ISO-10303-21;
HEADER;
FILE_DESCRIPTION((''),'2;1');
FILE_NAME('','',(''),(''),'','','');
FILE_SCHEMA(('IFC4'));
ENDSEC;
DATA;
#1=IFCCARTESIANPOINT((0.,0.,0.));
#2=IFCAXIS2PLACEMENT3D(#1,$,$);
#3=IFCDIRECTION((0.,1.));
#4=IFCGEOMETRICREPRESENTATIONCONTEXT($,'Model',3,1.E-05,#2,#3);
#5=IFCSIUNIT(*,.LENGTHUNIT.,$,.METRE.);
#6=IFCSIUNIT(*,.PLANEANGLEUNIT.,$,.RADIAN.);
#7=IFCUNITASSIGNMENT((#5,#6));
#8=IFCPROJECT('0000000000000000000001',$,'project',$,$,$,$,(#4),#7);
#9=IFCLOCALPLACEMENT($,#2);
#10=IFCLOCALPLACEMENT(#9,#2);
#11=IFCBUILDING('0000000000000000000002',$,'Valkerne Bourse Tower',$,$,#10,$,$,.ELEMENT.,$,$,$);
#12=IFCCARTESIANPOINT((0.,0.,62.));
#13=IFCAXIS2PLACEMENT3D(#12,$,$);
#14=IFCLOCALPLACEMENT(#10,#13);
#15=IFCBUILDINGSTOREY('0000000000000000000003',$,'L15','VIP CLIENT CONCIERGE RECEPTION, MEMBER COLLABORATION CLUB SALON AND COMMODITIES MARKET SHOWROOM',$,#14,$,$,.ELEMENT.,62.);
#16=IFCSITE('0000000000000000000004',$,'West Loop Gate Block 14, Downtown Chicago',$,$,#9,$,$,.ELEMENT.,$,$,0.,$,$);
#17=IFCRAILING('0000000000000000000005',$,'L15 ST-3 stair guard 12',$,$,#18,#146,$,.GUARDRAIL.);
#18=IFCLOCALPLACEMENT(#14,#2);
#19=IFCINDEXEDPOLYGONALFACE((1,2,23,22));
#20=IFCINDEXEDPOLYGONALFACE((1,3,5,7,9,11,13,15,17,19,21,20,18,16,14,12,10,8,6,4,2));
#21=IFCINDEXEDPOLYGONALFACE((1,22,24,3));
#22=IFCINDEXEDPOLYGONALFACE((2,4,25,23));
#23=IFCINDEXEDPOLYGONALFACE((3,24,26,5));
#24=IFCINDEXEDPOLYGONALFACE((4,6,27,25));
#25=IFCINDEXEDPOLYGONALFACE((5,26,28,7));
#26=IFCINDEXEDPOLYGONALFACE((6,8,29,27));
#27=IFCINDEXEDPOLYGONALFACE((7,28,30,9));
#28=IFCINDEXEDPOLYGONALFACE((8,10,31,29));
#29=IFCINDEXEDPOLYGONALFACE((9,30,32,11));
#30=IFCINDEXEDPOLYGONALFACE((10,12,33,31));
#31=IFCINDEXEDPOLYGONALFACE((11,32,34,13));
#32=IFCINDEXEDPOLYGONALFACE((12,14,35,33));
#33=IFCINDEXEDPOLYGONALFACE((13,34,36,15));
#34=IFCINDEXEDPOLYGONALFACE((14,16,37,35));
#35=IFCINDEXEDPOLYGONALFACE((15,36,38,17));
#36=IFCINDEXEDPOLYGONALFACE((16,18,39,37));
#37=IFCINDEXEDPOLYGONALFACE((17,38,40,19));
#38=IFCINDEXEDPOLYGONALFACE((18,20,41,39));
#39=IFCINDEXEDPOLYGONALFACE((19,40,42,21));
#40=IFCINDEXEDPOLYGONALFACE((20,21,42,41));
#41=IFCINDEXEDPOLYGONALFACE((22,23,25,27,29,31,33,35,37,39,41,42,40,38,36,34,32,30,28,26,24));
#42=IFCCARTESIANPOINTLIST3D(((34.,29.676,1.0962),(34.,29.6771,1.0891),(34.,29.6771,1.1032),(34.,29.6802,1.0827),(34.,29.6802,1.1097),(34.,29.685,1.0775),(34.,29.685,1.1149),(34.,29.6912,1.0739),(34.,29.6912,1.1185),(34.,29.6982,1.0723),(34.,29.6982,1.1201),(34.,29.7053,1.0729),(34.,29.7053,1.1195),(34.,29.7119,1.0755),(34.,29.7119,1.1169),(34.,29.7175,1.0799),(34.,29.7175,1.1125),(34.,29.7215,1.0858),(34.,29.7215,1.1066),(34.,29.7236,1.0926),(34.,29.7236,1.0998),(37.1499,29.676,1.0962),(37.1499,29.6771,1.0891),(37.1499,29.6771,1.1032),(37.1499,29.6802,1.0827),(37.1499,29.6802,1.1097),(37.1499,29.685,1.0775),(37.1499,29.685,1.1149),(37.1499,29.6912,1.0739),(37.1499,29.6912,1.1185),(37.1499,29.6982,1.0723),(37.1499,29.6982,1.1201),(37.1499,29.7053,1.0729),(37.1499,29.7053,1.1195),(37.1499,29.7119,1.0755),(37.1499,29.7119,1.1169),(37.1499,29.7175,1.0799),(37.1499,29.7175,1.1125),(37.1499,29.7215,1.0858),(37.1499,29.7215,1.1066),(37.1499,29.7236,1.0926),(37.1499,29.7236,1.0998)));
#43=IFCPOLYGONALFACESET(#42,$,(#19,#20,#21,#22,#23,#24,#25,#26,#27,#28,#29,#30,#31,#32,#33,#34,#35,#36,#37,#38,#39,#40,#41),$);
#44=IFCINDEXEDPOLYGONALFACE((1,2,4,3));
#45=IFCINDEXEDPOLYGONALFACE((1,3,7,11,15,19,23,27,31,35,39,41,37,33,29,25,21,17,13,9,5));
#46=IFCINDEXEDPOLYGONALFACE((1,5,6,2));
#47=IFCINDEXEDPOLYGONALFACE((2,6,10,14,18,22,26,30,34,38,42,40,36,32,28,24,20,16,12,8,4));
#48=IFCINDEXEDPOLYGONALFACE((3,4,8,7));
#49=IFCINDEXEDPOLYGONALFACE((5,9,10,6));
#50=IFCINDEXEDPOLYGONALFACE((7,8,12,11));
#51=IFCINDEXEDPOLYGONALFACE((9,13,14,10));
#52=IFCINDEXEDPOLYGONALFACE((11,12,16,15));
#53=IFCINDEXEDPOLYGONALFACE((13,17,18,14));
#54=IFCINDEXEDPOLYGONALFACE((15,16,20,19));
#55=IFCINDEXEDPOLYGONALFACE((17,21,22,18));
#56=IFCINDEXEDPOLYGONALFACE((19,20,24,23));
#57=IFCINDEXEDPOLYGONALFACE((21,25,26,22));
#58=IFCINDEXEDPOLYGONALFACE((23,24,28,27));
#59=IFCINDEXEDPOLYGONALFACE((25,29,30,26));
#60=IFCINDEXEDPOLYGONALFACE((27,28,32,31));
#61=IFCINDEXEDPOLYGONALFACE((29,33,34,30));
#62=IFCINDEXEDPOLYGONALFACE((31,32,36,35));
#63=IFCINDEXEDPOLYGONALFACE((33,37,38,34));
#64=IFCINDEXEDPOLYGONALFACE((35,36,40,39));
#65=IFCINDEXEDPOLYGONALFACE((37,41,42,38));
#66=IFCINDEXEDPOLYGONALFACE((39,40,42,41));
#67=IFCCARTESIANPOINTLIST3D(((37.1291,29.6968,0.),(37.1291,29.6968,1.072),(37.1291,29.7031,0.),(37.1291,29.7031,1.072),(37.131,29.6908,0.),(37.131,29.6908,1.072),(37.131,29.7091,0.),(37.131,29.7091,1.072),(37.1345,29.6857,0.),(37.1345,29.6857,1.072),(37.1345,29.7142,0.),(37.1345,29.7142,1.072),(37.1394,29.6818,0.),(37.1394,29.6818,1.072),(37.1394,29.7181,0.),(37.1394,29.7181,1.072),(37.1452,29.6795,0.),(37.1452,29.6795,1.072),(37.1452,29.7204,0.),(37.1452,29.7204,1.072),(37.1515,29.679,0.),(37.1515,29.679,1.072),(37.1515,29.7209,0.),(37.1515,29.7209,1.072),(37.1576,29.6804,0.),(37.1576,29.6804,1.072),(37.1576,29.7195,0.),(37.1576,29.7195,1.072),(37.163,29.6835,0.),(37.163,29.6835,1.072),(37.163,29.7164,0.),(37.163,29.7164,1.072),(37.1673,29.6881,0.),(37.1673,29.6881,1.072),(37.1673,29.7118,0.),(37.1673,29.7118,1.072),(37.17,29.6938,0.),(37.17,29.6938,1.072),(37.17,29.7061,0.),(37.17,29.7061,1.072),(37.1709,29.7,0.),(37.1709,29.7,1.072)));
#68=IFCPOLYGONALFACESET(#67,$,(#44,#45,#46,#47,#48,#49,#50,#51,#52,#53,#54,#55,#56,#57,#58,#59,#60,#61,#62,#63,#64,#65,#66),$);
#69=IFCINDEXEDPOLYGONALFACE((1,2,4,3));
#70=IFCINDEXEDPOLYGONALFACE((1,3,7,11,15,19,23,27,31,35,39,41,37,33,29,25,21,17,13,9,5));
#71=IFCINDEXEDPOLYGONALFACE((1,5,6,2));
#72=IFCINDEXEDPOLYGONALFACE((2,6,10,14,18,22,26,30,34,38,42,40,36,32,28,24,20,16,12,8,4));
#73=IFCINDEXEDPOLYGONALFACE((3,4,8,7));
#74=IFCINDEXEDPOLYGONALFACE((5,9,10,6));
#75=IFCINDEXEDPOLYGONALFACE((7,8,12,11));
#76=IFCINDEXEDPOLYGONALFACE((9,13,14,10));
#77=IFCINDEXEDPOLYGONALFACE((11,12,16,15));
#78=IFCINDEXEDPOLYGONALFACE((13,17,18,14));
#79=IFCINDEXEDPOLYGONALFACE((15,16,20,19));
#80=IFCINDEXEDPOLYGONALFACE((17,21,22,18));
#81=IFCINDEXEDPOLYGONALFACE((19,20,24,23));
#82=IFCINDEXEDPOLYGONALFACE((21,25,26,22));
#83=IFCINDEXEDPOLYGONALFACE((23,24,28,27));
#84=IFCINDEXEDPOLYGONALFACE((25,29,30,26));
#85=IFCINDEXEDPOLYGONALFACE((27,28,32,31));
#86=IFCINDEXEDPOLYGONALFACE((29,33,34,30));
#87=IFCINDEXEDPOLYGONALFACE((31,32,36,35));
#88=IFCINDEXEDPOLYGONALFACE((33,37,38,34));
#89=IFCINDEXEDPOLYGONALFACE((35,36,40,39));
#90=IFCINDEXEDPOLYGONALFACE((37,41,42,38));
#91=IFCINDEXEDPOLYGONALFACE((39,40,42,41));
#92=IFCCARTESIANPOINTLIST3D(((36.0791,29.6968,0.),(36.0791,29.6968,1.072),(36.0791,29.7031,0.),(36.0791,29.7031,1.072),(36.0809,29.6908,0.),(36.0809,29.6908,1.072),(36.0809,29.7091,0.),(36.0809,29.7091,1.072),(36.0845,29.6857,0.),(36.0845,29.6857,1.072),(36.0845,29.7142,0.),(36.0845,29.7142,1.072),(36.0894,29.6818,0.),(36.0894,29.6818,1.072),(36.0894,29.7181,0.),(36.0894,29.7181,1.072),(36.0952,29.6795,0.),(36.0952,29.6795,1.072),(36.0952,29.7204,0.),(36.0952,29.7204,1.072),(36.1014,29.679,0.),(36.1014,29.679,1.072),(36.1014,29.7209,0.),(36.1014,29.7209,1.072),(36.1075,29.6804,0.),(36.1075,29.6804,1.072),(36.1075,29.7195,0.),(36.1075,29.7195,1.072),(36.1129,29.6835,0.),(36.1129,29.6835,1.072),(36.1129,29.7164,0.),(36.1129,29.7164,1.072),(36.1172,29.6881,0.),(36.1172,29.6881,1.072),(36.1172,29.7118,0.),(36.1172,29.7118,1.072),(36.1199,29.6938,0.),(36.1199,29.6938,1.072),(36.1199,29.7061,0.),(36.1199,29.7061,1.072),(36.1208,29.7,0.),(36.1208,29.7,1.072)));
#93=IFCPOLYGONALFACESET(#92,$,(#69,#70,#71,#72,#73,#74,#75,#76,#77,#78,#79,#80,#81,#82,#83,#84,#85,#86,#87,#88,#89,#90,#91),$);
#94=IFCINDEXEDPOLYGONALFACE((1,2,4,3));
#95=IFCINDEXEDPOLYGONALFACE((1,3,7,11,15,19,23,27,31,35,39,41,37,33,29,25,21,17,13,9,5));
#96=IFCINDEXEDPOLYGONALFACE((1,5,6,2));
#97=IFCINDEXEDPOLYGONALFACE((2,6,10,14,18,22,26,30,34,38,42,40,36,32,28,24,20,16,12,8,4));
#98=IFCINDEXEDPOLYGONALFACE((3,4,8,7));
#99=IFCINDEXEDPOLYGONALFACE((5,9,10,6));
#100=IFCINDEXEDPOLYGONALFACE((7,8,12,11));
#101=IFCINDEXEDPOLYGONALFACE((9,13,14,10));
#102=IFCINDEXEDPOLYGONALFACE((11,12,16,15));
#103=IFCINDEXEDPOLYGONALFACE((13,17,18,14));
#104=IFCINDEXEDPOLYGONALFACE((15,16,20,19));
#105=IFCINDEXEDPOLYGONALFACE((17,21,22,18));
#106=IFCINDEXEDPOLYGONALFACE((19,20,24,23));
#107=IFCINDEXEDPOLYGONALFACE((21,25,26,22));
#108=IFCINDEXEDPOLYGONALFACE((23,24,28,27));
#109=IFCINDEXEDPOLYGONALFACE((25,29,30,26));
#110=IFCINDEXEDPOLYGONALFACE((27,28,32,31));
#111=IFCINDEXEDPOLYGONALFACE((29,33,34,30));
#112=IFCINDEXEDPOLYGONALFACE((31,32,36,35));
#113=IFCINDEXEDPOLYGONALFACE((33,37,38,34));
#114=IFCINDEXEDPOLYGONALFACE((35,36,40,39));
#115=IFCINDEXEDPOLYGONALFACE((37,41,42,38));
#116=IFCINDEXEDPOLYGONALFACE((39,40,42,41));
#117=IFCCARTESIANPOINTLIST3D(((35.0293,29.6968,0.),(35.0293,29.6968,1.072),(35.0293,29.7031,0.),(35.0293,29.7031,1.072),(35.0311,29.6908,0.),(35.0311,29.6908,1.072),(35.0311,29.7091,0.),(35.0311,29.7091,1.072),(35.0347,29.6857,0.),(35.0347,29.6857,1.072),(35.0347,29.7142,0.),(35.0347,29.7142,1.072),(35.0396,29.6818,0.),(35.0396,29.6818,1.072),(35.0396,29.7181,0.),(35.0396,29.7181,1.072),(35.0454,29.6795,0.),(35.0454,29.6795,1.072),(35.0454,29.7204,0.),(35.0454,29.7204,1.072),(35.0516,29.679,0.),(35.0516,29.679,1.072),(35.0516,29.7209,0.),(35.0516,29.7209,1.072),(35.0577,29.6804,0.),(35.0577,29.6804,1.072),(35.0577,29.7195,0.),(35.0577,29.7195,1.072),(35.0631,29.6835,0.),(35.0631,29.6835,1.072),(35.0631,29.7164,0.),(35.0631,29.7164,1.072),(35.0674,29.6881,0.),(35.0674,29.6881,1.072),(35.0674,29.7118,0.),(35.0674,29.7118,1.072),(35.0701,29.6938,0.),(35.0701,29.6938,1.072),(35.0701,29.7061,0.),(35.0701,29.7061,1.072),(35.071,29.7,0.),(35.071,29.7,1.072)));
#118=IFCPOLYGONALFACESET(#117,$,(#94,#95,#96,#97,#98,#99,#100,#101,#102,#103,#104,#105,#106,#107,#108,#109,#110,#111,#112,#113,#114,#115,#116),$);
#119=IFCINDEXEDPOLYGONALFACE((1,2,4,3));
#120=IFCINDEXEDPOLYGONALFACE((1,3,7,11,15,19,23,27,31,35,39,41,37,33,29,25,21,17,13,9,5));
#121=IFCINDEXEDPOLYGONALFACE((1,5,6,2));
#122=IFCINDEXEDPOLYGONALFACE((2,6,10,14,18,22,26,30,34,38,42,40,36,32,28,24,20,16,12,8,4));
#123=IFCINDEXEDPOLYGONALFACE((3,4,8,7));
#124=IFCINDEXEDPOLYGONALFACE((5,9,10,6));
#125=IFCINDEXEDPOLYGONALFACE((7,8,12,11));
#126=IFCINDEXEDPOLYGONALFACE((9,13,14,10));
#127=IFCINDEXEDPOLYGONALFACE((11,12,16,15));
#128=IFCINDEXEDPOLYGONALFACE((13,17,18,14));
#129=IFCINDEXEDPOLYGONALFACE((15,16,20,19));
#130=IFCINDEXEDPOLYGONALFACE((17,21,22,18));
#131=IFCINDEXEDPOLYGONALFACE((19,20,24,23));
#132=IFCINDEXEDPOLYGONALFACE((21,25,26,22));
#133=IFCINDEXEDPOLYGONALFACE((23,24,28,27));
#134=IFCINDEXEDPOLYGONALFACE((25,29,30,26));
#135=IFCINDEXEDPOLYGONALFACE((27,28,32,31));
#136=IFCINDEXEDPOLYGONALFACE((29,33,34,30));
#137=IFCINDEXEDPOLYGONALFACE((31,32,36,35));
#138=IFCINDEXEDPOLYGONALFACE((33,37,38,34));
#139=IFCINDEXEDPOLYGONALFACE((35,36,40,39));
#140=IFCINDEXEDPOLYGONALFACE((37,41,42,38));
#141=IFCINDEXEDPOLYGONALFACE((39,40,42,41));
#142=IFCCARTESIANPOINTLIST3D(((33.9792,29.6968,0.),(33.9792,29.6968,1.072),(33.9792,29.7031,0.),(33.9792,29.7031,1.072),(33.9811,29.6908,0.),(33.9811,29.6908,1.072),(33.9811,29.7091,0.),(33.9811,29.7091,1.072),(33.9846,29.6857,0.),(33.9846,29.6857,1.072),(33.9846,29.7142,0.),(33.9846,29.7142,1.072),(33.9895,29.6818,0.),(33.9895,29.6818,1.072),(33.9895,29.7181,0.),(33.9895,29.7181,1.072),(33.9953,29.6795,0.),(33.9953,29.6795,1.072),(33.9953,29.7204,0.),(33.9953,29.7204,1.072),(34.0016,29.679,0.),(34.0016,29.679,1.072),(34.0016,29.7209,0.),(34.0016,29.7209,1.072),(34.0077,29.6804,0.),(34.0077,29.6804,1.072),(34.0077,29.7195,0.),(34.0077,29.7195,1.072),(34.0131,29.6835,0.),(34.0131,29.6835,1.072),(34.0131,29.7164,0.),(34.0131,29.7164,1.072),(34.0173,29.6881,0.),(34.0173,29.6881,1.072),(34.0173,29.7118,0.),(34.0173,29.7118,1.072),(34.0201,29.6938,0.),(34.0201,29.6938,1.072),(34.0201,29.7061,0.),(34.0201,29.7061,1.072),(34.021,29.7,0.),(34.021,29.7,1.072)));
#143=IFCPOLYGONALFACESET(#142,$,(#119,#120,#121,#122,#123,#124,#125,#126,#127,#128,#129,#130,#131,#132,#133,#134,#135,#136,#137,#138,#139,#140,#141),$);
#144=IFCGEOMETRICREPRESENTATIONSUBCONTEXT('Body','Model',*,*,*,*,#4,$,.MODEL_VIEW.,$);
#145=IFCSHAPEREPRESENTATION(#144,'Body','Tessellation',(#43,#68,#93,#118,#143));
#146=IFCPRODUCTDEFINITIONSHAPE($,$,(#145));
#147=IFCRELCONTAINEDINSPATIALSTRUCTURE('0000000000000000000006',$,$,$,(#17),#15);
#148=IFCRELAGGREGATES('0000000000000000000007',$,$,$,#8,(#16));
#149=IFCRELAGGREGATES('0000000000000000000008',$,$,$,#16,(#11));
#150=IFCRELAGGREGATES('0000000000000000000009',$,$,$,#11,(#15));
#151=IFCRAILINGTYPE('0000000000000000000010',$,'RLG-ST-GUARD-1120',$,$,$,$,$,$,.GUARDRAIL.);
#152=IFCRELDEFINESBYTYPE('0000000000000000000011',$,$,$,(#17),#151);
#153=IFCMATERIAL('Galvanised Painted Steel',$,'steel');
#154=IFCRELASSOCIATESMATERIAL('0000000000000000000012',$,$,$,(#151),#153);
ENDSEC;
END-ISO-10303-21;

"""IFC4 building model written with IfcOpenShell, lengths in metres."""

from ifc_helpers import new_model, si_unit, direction, frame, origin, origin_2d, place, context, subcontext, project, spatial, circle, extrude, material, type_object, element, save


model = new_model("IFC4")

# Units and contexts
model_context = context("Model", 3, precision=1e-05, world=origin(), true_north=direction((0.0, 1.0)))
body_context = subcontext(model_context, "Body", "Model", "MODEL_VIEW")
ifc_project = project(units=[si_unit("LENGTHUNIT", "METRE"), si_unit("PLANEANGLEUNIT", "RADIAN")], contexts=[model_context])

# Site, building, storey
site_placement = place(None, origin())
site = spatial("IfcSite", under=ifc_project, at=site_placement, Name="West Loop Gate Block 14, Downtown Chicago", CompositionType="ELEMENT", RefElevation=0.0)
building_placement = place(site_placement, origin())
building = spatial("IfcBuilding", under=site, at=building_placement, Name="Valkerne Bourse Tower", CompositionType="ELEMENT")
storey_placement = place(building_placement, frame((0.0, 0.0, 62.0)))
storey = spatial("IfcBuildingStorey", under=building, at=storey_placement, Name="L15", Description="VIP CLIENT CONCIERGE RECEPTION, MEMBER COLLABORATION CLUB SALON AND COMMODITIES MARKET SHOWROOM", CompositionType="ELEMENT", Elevation=62.0)

# Shared definitions
ifc_material_1 = material(Name="Galvanised Painted Steel", Category="steel")

# Railing
railing_type_1 = type_object("IfcRailingType", Name="RLG-ST-GUARD-1120", PredefinedType="GUARDRAIL", material=ifc_material_1)
railing_1_placement = place(storey_placement, frame((37.1499, 29.7, 0.0)))
element("IfcRailing", 1, at=railing_1_placement, inside=storey, type_object=railing_type_1, Name="L15 ST-3 stair guard 12", PredefinedType="GUARDRAIL", context=body_context, shape_type="SweptSolid", body=[
    extrude(circle(Radius=0.0239, at=origin_2d()), frame((0.0, 0.0, 1.0962), z_axis=(-1.0, 0.0, 0.0), x_axis=(0.0, -1.0, 0.0)), (0.0, 0.0, 1.0), 3.1499),
    extrude(circle(Radius=0.021, at=origin_2d()), origin(), (0.0, 0.0, 1.0), 1.072),
    extrude(circle(Radius=0.021, at=origin_2d()), frame((-1.05, 0.0, 0.0)), (0.0, 0.0, 1.0), 1.072),
    extrude(circle(Radius=0.021, at=origin_2d()), frame((-2.0999, 0.0, 0.0)), (0.0, 0.0, 1.0), 1.072),
    extrude(circle(Radius=0.021, at=origin_2d()), frame((-3.1499, 0.0, 0.0)), (0.0, 0.0, 1.0), 1.072),
])

save(model, "model.ifc")
